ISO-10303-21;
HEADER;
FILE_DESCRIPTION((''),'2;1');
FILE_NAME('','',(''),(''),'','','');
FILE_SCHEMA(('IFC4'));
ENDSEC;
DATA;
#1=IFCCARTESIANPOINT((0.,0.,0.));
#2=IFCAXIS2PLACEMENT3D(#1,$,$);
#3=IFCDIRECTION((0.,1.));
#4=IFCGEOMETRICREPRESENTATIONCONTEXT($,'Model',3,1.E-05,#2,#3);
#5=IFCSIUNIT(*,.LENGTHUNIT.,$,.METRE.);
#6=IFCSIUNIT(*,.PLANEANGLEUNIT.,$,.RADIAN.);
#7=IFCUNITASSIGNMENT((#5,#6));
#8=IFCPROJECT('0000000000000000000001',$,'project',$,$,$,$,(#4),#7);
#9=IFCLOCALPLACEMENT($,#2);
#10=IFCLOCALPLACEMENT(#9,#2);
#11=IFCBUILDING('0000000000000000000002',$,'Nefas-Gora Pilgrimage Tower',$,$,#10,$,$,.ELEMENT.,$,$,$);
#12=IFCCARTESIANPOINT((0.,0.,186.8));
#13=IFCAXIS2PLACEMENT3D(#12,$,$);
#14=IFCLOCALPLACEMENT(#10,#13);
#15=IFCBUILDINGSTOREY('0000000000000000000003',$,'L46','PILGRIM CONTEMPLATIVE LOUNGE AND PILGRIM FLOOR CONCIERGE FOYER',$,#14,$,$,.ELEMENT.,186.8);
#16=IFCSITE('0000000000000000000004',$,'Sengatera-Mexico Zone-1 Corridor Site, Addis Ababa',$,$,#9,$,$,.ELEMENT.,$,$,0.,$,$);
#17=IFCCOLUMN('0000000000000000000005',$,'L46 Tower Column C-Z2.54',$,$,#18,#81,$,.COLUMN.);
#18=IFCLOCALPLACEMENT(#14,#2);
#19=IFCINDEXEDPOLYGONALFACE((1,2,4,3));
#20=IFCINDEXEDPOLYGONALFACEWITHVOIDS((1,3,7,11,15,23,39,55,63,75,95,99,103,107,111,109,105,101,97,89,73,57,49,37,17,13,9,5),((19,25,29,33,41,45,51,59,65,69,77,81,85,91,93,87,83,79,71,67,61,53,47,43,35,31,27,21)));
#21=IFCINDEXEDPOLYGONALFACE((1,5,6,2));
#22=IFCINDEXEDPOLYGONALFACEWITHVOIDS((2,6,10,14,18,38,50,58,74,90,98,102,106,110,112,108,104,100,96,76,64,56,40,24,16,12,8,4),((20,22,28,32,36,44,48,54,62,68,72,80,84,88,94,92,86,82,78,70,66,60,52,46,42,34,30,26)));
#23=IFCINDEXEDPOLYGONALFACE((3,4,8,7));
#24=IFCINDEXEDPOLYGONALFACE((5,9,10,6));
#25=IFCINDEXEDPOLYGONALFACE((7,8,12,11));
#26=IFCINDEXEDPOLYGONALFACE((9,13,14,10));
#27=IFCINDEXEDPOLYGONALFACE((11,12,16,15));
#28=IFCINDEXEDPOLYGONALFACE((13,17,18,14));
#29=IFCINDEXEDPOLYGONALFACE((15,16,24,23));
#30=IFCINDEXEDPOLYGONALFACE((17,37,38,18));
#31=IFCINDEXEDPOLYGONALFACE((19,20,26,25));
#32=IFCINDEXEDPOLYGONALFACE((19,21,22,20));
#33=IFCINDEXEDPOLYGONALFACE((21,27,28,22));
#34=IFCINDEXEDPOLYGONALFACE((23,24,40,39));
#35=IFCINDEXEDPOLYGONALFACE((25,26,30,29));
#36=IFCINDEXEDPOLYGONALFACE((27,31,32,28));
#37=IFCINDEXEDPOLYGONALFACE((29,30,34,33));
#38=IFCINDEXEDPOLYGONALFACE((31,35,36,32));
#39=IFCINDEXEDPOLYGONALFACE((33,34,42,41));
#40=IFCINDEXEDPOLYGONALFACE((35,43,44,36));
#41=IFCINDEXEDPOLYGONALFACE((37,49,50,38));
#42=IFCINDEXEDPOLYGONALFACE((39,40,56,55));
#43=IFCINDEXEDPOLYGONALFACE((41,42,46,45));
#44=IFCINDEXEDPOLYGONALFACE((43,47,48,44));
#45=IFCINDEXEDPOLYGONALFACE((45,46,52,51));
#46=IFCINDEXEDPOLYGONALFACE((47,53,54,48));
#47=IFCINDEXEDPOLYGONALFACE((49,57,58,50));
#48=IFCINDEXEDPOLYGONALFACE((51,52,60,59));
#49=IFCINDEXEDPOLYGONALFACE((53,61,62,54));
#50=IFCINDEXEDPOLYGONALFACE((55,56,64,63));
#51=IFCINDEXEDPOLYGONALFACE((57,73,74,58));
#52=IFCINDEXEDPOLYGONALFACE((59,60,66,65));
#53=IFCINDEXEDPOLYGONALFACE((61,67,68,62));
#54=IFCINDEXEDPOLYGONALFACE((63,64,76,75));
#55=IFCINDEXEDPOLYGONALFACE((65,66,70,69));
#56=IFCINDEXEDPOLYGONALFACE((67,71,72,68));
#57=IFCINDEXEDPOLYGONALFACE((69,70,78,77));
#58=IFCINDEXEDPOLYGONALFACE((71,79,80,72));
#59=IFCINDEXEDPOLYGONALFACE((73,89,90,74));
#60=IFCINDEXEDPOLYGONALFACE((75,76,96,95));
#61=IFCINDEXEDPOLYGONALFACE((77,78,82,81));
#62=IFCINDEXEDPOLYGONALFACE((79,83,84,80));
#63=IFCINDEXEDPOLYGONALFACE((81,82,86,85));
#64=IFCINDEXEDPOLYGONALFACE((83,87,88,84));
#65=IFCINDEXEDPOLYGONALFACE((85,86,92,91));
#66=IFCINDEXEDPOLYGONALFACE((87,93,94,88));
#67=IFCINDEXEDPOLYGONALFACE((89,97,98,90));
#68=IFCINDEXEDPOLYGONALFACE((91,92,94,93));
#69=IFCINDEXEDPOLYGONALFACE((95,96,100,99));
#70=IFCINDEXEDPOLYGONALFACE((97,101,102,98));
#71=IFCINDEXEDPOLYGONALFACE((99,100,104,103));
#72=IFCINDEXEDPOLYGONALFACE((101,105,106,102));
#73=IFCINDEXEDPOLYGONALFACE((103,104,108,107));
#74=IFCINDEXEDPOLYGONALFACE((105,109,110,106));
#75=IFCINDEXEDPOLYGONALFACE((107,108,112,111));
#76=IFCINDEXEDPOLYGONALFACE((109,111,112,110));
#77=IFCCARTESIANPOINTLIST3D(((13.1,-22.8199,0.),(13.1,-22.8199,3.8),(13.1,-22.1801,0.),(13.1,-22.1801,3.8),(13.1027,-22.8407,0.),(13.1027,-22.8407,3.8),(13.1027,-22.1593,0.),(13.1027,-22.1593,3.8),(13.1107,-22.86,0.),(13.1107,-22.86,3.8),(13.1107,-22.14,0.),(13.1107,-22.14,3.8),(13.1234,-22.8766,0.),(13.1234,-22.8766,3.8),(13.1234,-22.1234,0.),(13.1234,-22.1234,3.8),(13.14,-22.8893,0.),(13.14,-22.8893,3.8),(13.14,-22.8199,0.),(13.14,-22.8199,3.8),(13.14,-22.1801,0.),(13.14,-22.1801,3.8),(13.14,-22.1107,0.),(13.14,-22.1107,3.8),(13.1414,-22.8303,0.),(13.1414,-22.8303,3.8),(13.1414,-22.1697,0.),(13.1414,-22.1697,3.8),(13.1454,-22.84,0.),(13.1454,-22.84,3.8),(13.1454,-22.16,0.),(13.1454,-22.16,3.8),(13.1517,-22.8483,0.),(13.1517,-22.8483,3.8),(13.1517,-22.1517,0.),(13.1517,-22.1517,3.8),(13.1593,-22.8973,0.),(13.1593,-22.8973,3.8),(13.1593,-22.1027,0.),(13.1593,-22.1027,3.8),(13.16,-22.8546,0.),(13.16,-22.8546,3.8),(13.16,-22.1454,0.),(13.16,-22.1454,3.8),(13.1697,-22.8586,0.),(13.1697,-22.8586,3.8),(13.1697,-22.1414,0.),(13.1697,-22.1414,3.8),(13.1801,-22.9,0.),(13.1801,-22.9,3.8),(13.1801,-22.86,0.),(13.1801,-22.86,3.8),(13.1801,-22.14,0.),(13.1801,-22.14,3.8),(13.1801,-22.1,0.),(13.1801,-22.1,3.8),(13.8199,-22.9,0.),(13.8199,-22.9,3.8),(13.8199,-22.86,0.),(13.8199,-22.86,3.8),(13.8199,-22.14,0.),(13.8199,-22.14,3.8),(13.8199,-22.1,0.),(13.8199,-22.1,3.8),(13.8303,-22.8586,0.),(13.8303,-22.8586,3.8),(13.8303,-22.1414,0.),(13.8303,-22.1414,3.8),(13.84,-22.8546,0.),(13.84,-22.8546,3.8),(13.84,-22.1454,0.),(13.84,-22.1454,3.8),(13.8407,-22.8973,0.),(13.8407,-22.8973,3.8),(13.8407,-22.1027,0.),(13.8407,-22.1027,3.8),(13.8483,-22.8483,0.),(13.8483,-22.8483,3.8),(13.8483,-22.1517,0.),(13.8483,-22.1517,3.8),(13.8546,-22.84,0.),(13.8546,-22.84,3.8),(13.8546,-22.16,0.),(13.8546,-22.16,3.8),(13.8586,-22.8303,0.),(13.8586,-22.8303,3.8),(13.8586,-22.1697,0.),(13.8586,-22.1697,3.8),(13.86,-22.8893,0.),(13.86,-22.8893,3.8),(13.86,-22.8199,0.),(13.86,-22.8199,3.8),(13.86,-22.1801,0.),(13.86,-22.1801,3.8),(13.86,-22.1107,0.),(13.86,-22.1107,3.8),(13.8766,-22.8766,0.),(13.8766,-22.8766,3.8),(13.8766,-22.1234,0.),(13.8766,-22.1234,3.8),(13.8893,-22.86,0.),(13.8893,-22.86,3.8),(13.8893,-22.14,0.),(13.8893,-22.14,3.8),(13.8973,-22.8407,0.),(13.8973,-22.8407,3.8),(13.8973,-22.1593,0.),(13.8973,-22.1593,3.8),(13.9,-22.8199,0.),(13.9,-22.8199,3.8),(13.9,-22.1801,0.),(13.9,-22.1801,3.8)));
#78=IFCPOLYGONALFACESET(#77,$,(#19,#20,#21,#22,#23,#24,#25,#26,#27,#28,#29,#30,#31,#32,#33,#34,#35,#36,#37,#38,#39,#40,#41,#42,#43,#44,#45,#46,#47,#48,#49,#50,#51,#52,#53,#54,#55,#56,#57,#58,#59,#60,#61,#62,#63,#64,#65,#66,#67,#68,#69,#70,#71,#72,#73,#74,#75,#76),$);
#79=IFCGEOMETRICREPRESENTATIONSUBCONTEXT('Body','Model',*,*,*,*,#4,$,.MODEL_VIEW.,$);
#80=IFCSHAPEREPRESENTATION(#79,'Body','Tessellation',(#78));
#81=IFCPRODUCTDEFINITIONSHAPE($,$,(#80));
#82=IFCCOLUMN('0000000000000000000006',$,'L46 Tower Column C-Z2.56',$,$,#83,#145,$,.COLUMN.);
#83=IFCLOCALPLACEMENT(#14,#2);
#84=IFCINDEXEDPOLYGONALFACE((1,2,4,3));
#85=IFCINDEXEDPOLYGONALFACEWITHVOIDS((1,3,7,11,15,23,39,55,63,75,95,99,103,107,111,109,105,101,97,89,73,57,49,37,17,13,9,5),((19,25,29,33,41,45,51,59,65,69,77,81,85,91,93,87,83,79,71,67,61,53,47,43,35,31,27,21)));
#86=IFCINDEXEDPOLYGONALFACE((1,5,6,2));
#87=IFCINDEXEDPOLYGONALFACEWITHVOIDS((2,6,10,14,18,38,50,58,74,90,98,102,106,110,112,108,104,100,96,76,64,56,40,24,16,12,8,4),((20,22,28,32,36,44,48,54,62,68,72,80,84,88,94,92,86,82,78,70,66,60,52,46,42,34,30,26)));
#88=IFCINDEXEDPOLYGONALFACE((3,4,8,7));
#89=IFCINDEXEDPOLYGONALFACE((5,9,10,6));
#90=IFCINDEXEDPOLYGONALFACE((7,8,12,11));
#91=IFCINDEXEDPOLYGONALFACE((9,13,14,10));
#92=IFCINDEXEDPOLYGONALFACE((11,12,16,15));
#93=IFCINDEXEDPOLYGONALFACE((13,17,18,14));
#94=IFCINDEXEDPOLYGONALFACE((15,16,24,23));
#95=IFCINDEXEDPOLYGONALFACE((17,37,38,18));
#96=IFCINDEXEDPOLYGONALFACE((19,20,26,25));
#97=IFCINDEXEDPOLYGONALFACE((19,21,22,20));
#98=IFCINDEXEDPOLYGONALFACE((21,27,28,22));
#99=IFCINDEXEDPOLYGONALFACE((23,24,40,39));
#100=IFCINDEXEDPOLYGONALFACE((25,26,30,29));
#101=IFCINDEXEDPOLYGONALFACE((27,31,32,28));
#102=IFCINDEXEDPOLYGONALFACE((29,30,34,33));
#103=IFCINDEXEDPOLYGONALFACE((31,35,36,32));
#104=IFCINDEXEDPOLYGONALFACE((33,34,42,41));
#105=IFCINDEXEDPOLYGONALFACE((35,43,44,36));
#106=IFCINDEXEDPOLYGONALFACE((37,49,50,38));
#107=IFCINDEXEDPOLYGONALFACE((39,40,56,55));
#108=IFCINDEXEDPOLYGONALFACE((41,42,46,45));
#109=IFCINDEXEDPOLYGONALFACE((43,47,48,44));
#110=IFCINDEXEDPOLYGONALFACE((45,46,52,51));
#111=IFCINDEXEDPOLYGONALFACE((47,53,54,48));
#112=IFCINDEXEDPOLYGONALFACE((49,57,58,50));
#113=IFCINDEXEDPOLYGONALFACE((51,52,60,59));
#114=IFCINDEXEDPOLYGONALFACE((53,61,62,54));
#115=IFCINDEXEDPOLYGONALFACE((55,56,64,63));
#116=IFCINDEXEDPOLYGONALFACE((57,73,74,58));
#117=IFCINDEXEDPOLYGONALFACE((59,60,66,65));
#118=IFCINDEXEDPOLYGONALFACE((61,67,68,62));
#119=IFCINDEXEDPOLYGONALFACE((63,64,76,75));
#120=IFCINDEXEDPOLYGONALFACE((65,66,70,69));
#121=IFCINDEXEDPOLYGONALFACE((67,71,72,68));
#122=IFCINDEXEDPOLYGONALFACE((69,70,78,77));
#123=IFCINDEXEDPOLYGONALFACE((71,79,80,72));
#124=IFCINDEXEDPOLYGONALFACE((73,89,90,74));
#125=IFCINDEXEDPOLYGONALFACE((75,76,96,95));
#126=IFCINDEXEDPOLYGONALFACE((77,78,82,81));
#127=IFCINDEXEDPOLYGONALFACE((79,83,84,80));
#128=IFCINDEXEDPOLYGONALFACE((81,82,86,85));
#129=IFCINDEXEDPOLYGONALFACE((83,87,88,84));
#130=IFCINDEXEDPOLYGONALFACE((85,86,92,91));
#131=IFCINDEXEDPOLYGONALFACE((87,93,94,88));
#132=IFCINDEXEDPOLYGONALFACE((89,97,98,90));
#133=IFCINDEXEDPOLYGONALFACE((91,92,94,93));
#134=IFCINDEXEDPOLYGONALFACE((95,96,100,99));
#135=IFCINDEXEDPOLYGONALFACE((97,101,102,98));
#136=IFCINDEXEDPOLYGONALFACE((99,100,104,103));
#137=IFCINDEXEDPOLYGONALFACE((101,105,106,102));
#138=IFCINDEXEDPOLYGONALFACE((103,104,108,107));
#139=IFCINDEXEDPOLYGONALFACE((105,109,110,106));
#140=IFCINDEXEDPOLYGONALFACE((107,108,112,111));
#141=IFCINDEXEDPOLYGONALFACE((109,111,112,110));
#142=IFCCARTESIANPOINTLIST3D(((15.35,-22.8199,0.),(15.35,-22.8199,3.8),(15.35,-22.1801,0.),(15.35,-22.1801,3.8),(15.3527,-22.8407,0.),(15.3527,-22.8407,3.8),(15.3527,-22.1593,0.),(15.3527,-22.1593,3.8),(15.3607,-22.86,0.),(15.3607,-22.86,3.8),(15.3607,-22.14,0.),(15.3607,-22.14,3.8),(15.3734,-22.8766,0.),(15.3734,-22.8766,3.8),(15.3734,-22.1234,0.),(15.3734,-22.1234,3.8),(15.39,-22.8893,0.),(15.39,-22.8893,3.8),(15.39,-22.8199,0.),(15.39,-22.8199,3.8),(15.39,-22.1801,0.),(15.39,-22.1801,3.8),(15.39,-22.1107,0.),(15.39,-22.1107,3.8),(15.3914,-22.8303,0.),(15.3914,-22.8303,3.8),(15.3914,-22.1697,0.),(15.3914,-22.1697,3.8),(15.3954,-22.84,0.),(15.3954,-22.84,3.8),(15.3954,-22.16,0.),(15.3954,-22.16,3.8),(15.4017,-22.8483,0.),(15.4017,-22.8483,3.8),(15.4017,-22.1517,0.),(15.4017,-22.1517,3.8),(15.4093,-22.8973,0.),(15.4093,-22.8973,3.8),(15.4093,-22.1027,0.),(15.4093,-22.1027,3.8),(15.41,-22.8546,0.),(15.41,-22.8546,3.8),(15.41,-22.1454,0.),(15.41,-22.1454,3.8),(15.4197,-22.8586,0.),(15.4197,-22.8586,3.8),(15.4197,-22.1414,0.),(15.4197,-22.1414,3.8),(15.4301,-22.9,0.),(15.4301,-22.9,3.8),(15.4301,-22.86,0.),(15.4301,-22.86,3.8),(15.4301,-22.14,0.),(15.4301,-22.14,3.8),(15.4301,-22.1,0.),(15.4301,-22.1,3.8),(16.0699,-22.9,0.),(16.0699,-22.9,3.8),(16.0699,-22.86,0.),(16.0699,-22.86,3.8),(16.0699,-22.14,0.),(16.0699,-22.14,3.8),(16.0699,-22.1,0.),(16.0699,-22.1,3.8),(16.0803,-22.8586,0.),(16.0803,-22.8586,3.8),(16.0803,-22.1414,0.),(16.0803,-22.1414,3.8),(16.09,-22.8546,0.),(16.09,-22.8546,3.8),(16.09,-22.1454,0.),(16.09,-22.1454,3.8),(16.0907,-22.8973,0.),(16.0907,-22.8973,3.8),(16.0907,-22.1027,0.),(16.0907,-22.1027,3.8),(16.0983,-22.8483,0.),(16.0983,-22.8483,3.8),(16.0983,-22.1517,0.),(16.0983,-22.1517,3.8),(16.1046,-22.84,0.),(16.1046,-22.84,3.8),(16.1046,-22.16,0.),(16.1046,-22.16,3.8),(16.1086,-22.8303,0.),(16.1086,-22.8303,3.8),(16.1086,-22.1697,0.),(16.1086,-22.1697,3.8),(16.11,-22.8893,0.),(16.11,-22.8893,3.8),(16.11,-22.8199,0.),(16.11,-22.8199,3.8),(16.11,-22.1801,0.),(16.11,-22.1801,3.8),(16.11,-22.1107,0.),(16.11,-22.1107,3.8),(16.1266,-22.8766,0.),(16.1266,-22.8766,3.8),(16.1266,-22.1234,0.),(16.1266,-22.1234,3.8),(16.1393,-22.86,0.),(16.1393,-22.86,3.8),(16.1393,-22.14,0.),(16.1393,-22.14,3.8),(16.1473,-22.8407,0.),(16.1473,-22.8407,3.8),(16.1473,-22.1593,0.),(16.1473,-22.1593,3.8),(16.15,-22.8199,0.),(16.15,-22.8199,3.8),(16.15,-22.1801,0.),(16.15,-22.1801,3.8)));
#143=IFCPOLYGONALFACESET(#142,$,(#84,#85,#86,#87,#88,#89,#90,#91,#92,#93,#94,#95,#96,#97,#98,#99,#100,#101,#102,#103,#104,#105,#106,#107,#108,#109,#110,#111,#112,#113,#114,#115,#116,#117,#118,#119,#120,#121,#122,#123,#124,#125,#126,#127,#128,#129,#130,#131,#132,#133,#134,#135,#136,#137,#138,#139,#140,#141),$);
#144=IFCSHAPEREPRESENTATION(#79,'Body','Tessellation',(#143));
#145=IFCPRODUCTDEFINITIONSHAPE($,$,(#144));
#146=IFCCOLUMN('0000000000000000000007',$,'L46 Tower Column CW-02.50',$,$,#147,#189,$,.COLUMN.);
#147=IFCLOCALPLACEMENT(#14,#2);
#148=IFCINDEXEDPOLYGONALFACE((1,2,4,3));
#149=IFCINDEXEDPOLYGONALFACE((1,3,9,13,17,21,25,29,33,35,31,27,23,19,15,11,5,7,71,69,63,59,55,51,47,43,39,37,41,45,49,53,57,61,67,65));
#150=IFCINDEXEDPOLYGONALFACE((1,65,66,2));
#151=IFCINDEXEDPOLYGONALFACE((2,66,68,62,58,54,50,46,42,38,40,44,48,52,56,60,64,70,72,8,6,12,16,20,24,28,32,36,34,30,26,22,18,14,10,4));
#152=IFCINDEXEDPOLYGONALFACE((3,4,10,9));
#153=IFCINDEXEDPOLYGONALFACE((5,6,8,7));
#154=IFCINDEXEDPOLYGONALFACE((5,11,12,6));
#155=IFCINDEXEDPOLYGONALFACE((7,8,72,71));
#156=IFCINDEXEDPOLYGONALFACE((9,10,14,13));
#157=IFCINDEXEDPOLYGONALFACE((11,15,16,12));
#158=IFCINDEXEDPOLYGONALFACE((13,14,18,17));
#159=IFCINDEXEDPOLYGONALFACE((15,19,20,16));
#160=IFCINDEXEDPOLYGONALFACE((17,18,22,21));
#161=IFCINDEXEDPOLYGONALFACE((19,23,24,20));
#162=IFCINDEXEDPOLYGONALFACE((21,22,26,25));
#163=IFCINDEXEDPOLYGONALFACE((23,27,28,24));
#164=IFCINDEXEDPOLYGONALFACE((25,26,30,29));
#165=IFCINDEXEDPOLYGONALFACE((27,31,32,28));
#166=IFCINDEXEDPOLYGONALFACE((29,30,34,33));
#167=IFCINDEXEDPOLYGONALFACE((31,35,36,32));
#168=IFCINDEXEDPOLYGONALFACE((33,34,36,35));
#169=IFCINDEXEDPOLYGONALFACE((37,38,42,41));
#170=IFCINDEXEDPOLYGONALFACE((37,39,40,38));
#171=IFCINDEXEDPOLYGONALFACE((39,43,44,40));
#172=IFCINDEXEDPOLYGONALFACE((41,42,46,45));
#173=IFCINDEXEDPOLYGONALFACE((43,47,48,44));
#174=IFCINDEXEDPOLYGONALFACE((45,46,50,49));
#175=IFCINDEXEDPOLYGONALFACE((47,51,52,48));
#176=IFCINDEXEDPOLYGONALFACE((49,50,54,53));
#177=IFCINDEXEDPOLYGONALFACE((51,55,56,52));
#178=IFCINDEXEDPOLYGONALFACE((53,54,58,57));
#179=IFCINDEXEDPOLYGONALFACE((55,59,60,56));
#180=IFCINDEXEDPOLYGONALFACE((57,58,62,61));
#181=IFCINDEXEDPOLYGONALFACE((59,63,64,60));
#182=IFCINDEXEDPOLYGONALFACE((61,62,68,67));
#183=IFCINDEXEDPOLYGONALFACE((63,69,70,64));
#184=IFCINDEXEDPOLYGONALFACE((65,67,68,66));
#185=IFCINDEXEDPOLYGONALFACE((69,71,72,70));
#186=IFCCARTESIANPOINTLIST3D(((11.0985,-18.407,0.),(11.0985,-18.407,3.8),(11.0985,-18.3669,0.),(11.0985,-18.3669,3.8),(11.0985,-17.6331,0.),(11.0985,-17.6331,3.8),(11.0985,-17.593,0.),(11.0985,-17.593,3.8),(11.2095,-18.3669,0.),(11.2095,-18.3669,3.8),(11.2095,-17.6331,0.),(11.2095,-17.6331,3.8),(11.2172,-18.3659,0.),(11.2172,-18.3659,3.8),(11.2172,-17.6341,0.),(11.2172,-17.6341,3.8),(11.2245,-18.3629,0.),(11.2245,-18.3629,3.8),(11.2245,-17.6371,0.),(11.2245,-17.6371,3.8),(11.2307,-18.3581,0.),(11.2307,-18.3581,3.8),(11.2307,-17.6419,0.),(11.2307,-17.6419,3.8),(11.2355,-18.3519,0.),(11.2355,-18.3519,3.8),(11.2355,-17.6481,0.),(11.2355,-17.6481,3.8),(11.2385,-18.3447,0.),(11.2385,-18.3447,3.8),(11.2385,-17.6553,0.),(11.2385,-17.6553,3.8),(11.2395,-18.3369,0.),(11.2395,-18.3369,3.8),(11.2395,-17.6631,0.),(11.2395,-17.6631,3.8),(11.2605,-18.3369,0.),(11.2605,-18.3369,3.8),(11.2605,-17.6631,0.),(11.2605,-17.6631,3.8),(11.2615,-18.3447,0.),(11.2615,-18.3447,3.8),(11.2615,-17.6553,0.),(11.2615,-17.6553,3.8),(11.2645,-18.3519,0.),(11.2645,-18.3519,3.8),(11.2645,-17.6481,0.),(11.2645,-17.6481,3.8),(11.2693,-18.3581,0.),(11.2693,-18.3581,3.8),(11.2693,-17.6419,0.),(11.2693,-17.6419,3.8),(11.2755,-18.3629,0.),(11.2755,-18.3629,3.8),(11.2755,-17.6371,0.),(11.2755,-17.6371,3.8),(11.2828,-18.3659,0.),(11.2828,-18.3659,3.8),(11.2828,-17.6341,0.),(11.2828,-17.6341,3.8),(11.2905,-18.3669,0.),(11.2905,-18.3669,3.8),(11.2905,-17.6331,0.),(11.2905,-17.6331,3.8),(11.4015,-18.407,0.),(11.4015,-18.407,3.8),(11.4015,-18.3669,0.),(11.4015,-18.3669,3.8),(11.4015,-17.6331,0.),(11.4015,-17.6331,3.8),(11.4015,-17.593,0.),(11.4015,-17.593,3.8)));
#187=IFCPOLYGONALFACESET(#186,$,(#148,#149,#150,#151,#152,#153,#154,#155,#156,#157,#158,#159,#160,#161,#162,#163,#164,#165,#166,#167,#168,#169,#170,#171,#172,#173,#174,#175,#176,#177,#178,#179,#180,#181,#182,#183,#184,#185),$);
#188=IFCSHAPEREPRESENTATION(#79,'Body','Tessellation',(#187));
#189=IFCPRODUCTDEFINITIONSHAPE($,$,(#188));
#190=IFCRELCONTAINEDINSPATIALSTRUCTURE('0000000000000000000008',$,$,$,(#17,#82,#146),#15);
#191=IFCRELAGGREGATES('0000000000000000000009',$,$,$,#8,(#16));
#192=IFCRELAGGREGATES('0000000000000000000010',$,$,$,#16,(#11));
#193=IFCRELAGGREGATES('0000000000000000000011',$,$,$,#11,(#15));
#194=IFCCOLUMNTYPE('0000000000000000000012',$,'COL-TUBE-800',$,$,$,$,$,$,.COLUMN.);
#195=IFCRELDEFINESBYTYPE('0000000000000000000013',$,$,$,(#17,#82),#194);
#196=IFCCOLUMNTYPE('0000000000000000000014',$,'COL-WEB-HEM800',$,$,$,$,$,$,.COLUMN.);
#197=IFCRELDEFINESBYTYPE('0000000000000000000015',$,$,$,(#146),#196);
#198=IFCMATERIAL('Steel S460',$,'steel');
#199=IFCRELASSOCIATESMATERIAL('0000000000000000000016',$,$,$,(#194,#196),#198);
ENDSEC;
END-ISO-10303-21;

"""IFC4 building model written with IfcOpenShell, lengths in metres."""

from ifc_helpers import new_model, si_unit, direction, frame, origin, origin_2d, place, context, subcontext, project, spatial, hollow_rectangle, i_section, extrude, source, transform, mapped, material, material_profile, profile_set, type_object, element, save


model = new_model("IFC4")

# Units and contexts
model_context = context("Model", 3, precision=1e-05, world=origin(), true_north=direction((0.0, 1.0)))
body_context = subcontext(model_context, "Body", "Model", "MODEL_VIEW")
ifc_project = project(units=[si_unit("LENGTHUNIT", "METRE"), si_unit("PLANEANGLEUNIT", "RADIAN")], contexts=[model_context])

# Site, building, storey
site_placement = place(None, origin())
site = spatial("IfcSite", under=ifc_project, at=site_placement, Name="Sengatera-Mexico Zone-1 Corridor Site, Addis Ababa", CompositionType="ELEMENT", RefElevation=0.0)
building_placement = place(site_placement, origin())
building = spatial("IfcBuilding", under=site, at=building_placement, Name="Nefas-Gora Pilgrimage Tower", CompositionType="ELEMENT")
storey_placement = place(building_placement, frame((0.0, 0.0, 186.8)))
storey = spatial("IfcBuildingStorey", under=building, at=storey_placement, Name="L46", Description="PILGRIM CONTEMPLATIVE LOUNGE AND PILGRIM FLOOR CONCIERGE FOYER", CompositionType="ELEMENT", Elevation=186.8)

# Columns
ifc_material_1 = material(Name="Steel S460", Category="steel")
ifc_material_profile_1 = material_profile(ifc_material_1, hollow_rectangle(XDim=0.8, YDim=0.8, WallThickness=0.04, InnerFilletRadius=0.04, OuterFilletRadius=0.0801, at=origin_2d()), Name="BOX 800x800x40")
ifc_profile_set_1 = profile_set([ifc_material_profile_1], Name="Steel S460")
column_type_1 = type_object("IfcColumnType", Name="COL-TUBE-800", PredefinedType="COLUMN", material=ifc_profile_set_1)
shared_shape_1 = source(origin(), body_context, "Body", "SweptSolid", [
    extrude(hollow_rectangle(XDim=0.8, YDim=0.8, WallThickness=0.04, InnerFilletRadius=0.04, OuterFilletRadius=0.0801, at=origin_2d()), origin(), (0.0, 0.0, 1.0), 3.8),
])
for number, where, z_axis, x_axis, name in (
    (1, (13.5, -22.5, 0.0), (0.0, 0.0, 1.0), (1.0, 0.0, 0.0), "L46 Tower Column C-Z2.54"),
    (2, (15.75, -22.5, 0.0), (0.0, 0.0, 1.0), (1.0, 0.0, 0.0), "L46 Tower Column C-Z2.56"),
):
    element("IfcColumn", number, at=place(storey_placement, frame(where, z_axis=z_axis, x_axis=x_axis)), inside=storey, type_object=column_type_1, Name=name, PredefinedType="COLUMN", context=body_context, shape_type="MappedRepresentation", body=[
        mapped(shared_shape_1, transform((0.0, 0.0, 0.0), x_axis=(1.0, 0.0, 0.0), y_axis=(0.0, 1.0, 0.0), z_axis=(0.0, 0.0, 1.0), scale=1.0)),
    ])
ifc_material_profile_2 = material_profile(ifc_material_1, i_section(OverallWidth=0.303, OverallDepth=0.814, WebThickness=0.021, FlangeThickness=0.04, FilletRadius=0.03, at=origin_2d()), Name="HEM 800")
ifc_profile_set_2 = profile_set([ifc_material_profile_2], Name="Steel S460")
column_type_2 = type_object("IfcColumnType", Name="COL-WEB-HEM800", PredefinedType="COLUMN", material=ifc_profile_set_2)
shared_shape_2 = source(origin(), body_context, "Body", "SweptSolid", [
    extrude(i_section(OverallWidth=0.303, OverallDepth=0.814, WebThickness=0.021, FlangeThickness=0.04, FilletRadius=0.03, at=origin_2d()), origin(), (0.0, 0.0, 1.0), 3.8),
])
for number, where, z_axis, x_axis, name in (
    (3, (11.25, -18.0, 0.0), (0.0, 0.0, 1.0), (1.0, 0.0, 0.0), "L46 Tower Column CW-02.50"),
):
    element("IfcColumn", number, at=place(storey_placement, frame(where, z_axis=z_axis, x_axis=x_axis)), inside=storey, type_object=column_type_2, Name=name, PredefinedType="COLUMN", context=body_context, shape_type="MappedRepresentation", body=[
        mapped(shared_shape_2, transform((0.0, 0.0, 0.0), x_axis=(1.0, 0.0, 0.0), y_axis=(0.0, 1.0, 0.0), z_axis=(0.0, 0.0, 1.0), scale=1.0)),
    ])

save(model, "model.ifc")
